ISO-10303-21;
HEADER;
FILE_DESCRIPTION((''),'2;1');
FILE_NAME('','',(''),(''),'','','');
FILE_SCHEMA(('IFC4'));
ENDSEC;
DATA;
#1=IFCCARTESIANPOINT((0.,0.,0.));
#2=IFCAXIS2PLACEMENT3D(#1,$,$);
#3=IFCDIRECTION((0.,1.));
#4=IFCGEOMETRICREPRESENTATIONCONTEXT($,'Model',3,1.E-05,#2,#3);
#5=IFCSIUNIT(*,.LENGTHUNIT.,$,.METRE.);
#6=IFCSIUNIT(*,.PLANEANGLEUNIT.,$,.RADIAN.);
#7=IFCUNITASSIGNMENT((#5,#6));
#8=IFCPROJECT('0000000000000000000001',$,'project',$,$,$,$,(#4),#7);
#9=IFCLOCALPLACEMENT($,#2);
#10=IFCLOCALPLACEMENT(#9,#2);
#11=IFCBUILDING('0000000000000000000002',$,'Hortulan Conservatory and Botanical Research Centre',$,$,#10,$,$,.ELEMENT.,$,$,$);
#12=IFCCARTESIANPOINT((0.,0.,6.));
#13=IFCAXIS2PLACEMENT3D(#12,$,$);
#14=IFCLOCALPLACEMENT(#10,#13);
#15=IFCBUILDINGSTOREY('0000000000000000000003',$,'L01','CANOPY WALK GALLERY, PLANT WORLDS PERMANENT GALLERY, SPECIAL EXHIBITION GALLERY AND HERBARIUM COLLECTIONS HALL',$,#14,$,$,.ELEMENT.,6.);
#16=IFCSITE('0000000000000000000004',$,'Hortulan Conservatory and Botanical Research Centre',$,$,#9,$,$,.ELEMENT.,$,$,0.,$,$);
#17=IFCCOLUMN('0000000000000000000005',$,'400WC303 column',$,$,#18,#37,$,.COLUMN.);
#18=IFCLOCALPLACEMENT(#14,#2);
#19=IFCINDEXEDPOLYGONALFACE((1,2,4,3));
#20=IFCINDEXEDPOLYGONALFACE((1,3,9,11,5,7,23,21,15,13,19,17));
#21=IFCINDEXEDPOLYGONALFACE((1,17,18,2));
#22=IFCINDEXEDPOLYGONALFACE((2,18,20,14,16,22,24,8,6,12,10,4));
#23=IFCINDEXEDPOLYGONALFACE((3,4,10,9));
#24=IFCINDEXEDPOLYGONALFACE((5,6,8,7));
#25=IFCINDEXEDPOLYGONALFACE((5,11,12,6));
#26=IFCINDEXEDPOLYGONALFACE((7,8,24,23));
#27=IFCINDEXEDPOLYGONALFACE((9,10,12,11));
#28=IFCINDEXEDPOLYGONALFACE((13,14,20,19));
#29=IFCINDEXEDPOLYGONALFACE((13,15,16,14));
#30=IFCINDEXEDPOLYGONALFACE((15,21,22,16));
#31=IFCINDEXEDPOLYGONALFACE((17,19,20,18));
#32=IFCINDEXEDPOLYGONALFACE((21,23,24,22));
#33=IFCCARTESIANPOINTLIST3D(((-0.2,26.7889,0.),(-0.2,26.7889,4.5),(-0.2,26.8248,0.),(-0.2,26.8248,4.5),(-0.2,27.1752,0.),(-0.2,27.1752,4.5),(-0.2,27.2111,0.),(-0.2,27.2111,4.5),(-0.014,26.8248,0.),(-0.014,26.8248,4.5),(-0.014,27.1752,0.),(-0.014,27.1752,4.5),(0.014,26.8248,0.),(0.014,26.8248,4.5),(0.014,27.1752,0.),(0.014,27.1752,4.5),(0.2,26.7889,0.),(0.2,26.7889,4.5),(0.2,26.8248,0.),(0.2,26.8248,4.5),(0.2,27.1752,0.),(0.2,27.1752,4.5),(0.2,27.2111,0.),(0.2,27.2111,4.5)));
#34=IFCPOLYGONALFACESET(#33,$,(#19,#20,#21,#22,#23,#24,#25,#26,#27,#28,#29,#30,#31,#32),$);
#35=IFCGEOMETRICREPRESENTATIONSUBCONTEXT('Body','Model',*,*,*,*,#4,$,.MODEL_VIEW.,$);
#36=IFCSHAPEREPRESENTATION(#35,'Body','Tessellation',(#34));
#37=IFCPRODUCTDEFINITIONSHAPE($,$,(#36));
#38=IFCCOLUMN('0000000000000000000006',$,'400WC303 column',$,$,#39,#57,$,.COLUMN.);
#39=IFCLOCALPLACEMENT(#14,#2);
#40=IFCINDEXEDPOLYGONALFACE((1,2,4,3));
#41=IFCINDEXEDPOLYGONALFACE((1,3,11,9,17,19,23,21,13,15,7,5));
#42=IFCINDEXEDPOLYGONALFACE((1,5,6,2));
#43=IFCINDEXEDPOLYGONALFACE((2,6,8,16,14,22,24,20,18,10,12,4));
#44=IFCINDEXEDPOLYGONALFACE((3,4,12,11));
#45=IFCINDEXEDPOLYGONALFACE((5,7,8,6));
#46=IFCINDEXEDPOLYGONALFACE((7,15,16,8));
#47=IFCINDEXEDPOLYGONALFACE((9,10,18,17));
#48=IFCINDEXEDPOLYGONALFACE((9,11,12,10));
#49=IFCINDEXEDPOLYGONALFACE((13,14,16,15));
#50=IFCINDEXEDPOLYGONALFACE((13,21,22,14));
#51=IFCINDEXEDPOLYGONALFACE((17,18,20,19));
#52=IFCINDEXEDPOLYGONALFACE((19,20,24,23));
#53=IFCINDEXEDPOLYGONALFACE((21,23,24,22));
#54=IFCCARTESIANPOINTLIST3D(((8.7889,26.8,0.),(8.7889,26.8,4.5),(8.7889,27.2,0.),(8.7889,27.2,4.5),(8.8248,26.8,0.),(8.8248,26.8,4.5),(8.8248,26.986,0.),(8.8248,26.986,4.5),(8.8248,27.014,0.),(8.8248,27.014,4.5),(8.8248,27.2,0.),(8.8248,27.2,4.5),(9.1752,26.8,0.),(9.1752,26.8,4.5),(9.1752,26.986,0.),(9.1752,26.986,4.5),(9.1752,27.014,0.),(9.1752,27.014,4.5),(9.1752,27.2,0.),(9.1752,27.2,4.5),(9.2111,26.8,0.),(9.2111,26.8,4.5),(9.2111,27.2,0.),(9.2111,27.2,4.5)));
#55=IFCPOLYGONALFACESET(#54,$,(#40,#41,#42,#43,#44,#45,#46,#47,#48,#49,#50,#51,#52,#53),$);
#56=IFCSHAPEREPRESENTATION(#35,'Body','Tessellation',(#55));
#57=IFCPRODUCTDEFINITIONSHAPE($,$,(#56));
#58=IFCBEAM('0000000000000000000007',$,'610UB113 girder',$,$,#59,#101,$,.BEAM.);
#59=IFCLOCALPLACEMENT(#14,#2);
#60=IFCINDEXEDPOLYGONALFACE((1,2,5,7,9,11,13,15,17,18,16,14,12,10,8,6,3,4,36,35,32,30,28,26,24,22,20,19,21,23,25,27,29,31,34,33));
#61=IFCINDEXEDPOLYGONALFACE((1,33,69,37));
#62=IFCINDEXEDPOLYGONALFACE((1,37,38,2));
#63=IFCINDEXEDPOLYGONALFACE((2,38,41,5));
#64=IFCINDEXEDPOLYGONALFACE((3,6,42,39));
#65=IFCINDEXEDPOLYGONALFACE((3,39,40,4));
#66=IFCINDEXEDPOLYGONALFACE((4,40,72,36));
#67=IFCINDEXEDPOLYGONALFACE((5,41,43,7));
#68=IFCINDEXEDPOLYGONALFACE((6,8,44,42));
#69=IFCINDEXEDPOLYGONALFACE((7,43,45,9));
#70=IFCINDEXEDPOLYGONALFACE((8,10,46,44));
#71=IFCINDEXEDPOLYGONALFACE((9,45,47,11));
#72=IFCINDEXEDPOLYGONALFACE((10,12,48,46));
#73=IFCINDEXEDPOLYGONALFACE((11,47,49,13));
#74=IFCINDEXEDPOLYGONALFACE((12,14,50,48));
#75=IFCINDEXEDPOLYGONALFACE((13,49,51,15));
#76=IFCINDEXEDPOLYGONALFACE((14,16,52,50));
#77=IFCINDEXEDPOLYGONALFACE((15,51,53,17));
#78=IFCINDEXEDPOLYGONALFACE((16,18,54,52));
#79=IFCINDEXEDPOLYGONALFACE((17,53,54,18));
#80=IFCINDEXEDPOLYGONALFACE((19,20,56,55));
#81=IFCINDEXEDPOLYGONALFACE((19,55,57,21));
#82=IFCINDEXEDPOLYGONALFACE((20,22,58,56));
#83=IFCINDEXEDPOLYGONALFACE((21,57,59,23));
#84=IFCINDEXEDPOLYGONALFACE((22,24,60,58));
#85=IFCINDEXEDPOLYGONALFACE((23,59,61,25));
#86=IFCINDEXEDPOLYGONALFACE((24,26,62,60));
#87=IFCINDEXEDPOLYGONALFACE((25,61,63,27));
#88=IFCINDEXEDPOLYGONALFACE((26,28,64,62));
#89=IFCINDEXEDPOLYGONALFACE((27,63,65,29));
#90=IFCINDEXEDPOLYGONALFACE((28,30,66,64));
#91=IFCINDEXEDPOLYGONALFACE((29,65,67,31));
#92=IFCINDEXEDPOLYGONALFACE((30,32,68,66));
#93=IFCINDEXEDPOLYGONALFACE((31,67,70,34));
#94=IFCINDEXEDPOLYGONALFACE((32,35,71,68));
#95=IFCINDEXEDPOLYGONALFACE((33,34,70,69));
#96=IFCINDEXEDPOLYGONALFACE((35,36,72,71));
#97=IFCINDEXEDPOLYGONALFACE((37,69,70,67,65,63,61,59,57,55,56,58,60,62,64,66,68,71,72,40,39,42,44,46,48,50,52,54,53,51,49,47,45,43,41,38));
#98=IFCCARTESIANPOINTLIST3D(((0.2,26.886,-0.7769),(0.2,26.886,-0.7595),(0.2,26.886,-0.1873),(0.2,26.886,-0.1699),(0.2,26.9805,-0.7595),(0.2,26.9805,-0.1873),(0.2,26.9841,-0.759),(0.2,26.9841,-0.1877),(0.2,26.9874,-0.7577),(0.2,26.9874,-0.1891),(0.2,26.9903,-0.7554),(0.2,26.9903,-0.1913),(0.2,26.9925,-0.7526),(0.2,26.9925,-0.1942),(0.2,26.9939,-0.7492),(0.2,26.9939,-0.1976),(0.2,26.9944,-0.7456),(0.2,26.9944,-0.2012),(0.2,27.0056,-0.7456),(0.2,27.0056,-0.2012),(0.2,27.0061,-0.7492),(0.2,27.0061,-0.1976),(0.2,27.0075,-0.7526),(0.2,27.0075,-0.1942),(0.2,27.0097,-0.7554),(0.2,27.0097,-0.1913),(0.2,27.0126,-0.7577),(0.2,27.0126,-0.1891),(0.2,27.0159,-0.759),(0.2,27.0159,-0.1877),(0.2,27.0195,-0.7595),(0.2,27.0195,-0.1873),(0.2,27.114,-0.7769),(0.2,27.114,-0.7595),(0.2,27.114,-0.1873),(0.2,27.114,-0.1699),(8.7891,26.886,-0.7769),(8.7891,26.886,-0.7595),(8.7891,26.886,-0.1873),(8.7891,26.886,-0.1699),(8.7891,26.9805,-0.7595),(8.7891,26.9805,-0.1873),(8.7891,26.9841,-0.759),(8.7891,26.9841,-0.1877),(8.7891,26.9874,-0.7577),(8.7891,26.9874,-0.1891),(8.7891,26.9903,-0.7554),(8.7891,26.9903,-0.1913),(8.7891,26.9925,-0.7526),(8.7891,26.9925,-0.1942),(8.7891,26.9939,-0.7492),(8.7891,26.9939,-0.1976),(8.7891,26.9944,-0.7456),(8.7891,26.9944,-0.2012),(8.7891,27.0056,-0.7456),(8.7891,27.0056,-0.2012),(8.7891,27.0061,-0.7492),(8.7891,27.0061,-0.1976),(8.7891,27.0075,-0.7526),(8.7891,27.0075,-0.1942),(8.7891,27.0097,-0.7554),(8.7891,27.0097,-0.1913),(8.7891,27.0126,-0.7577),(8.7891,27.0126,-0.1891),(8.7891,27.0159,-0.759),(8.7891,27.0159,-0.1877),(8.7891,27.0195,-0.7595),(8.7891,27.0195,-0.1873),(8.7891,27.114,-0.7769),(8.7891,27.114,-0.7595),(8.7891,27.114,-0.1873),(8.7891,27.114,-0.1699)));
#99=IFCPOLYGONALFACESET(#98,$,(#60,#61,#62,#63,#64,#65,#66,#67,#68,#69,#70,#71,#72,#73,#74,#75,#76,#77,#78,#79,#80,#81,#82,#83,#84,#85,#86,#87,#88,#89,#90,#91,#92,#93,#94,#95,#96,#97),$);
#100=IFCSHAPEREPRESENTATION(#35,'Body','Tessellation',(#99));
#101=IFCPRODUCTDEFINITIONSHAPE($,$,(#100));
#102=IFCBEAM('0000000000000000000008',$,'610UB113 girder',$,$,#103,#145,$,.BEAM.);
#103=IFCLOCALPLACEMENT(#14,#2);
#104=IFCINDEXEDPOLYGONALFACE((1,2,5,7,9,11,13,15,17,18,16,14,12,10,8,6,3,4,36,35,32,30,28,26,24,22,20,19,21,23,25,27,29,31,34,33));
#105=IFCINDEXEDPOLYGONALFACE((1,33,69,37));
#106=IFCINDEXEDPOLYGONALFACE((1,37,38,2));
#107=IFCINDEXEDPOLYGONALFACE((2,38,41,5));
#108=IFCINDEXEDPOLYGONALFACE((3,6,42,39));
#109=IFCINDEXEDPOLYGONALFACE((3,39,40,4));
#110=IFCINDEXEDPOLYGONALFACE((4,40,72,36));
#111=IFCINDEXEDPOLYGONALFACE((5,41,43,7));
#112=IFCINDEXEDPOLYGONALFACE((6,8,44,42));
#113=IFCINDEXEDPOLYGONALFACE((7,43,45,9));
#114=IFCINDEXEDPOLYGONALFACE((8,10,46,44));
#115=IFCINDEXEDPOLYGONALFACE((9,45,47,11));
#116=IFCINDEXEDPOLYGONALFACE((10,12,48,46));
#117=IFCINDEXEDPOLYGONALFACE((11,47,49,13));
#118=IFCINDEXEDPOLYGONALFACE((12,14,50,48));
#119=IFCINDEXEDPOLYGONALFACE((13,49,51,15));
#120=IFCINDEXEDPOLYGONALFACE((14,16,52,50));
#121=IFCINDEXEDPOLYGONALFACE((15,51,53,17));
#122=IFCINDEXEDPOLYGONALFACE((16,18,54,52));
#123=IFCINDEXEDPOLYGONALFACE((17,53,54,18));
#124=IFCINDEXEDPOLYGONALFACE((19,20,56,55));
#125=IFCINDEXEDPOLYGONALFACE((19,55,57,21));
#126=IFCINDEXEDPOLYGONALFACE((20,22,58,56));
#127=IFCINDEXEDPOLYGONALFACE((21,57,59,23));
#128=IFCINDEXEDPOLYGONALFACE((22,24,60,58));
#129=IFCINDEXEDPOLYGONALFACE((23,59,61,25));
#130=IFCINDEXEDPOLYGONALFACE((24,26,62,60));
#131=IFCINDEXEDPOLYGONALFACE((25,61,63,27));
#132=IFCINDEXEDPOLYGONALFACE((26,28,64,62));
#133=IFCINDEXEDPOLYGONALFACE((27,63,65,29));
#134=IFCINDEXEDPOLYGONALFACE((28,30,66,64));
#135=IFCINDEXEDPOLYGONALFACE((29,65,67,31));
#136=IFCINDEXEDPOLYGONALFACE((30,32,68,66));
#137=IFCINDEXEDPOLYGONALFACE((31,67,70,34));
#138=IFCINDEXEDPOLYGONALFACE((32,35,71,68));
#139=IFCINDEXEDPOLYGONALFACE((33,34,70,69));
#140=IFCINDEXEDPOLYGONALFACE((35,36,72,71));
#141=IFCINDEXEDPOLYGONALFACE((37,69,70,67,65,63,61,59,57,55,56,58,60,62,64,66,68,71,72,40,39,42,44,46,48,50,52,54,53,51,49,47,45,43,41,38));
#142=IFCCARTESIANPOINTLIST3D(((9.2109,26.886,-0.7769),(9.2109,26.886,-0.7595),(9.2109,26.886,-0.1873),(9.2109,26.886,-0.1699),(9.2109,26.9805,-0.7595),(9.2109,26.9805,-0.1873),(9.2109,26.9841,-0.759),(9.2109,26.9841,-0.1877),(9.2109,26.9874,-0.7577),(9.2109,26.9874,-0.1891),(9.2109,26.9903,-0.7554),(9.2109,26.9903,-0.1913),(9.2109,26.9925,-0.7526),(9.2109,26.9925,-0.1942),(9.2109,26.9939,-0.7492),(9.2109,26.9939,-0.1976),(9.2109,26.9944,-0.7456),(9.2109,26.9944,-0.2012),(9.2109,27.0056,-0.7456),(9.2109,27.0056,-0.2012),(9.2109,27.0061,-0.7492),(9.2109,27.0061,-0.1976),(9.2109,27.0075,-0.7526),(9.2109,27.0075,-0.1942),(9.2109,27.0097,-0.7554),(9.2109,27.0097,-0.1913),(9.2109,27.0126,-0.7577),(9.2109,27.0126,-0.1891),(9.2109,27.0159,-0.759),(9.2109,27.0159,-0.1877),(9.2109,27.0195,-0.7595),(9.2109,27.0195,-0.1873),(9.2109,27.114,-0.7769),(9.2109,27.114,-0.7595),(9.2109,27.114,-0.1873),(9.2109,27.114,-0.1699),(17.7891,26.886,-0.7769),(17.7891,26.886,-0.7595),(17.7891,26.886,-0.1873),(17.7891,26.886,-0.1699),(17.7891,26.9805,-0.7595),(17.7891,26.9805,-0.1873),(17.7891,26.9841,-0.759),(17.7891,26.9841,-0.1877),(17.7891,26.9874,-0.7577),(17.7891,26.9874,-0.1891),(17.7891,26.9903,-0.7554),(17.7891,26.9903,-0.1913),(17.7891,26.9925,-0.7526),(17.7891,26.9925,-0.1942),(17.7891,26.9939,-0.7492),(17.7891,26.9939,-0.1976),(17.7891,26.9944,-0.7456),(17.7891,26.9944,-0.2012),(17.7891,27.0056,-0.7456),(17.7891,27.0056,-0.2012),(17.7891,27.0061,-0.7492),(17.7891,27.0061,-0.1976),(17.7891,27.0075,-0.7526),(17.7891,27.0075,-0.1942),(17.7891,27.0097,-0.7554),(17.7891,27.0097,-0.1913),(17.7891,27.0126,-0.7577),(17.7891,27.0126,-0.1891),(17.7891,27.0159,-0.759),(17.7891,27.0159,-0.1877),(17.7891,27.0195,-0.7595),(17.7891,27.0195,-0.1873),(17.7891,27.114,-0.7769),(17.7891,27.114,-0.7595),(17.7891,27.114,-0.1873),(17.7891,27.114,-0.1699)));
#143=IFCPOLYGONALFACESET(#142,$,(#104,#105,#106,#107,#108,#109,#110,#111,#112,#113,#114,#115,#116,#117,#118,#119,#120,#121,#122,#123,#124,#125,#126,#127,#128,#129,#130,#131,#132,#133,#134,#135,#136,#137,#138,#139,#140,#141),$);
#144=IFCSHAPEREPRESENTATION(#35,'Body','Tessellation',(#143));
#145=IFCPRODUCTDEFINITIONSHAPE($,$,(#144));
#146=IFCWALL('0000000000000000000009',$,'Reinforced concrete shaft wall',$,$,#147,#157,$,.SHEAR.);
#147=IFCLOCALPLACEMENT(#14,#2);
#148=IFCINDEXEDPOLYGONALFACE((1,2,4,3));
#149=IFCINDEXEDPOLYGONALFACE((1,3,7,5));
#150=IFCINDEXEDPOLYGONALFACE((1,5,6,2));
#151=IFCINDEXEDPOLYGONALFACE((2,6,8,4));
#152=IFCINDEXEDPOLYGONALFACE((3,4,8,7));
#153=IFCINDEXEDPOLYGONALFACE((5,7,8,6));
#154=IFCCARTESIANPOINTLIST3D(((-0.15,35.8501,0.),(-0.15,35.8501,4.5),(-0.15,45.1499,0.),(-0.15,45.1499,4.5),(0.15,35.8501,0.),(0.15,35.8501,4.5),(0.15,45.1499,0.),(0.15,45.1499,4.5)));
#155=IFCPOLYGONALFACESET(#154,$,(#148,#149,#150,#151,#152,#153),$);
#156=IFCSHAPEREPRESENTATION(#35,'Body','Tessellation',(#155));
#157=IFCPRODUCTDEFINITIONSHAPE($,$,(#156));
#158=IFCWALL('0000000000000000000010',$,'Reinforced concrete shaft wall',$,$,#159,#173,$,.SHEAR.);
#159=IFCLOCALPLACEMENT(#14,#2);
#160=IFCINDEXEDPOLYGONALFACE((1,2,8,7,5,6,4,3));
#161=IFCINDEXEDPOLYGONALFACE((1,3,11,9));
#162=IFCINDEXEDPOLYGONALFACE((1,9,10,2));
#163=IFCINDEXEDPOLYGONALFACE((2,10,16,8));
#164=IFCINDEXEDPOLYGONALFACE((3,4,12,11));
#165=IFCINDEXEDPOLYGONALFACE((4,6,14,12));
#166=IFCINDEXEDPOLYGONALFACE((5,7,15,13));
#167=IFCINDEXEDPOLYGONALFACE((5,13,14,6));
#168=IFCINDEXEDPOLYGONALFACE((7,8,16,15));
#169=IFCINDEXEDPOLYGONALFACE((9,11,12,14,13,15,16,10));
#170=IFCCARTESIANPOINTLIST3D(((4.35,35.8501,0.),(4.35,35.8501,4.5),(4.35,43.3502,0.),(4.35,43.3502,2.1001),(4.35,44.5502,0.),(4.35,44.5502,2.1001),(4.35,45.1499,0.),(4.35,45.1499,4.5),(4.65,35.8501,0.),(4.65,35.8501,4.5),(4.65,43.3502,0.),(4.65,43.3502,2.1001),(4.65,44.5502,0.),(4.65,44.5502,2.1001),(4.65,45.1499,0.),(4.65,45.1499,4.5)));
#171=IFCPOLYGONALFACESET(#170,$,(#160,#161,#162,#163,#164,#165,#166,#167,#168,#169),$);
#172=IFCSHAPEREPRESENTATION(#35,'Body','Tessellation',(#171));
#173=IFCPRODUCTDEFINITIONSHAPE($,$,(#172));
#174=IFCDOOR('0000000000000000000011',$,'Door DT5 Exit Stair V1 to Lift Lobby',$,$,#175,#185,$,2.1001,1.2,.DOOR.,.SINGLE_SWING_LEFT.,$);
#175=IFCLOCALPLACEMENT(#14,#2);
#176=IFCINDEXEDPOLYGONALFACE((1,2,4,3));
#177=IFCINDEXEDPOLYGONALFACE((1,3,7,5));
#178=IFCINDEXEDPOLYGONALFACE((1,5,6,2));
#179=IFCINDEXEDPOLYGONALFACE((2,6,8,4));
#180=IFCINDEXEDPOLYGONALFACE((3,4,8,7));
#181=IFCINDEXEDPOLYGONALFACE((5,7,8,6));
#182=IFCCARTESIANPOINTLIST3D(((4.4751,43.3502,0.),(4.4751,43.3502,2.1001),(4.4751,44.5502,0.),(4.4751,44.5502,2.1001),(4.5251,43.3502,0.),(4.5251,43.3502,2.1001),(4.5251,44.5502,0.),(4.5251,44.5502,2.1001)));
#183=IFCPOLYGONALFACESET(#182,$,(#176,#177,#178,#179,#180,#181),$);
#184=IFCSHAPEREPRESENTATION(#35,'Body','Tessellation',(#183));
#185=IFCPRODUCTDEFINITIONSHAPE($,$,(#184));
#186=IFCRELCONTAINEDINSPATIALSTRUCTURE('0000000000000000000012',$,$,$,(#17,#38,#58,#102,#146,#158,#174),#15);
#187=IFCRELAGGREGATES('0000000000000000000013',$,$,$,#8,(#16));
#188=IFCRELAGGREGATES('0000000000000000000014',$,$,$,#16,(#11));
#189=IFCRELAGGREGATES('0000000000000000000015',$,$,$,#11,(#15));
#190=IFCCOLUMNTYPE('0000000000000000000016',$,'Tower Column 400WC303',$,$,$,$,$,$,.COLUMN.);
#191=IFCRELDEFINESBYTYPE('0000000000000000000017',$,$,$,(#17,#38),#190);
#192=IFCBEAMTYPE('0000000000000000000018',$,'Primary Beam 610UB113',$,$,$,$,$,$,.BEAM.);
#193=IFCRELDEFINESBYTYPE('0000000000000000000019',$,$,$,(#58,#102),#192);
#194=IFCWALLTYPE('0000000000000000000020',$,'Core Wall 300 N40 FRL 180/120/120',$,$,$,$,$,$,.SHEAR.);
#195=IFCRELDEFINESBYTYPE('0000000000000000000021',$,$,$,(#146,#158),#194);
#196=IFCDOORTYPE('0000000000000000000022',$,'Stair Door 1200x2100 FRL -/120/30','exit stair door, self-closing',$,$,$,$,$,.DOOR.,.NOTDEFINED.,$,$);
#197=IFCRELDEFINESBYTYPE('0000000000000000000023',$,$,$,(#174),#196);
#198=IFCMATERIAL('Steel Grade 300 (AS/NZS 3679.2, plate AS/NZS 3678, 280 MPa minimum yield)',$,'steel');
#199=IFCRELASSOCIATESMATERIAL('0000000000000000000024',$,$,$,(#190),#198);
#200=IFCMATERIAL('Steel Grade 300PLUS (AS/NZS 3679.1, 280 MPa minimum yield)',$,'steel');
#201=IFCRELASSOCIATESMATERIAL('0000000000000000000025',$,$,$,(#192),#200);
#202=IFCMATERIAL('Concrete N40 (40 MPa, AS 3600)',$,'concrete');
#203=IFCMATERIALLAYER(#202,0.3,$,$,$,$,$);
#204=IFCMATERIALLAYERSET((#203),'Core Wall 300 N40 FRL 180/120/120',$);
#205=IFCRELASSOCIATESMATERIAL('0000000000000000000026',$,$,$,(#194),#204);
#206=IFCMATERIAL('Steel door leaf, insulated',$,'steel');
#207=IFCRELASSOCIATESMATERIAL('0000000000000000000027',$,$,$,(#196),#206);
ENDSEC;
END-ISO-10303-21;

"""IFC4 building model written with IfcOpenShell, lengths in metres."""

from ifc_helpers import new_model, si_unit, direction, frame, frame_2d, origin, origin_2d, place, context, subcontext, project, spatial, rectangle, i_section, extrude, material, layer, layer_set, material_profile, profile_set, type_object, element, fill, save


model = new_model("IFC4")

# Units and contexts
model_context = context("Model", 3, precision=1e-05, world=origin(), true_north=direction((0.0, 1.0)))
body_context = subcontext(model_context, "Body", "Model", "MODEL_VIEW")
ifc_project = project(units=[si_unit("LENGTHUNIT", "METRE"), si_unit("PLANEANGLEUNIT", "RADIAN")], contexts=[model_context])

# Site, building, storey
site_placement = place(None, origin())
site = spatial("IfcSite", under=ifc_project, at=site_placement, Name="Hortulan Conservatory and Botanical Research Centre", CompositionType="ELEMENT", RefElevation=0.0)
building_placement = place(site_placement, origin())
building = spatial("IfcBuilding", under=site, at=building_placement, Name="Hortulan Conservatory and Botanical Research Centre", CompositionType="ELEMENT")
storey_placement = place(building_placement, frame((0.0, 0.0, 6.0)))
storey = spatial("IfcBuildingStorey", under=building, at=storey_placement, Name="L01", Description="CANOPY WALK GALLERY, PLANT WORLDS PERMANENT GALLERY, SPECIAL EXHIBITION GALLERY AND HERBARIUM COLLECTIONS HALL", CompositionType="ELEMENT", Elevation=6.0)

# Columns
ifc_material_1 = material(Name="Steel Grade 300 (AS/NZS 3679.2, plate AS/NZS 3678, 280 MPa minimum yield)", Category="steel")
ifc_material_profile_1 = material_profile(ifc_material_1, i_section(OverallWidth=0.3999, OverallDepth=0.4221, WebThickness=0.0281, FlangeThickness=0.0359, at=origin_2d()), Name="400WC303")
ifc_profile_set_1 = profile_set([ifc_material_profile_1], Name="Steel Grade 300 (AS/NZS 3679.2, plate AS/NZS 3678, 280 MPa minimum yield)")
column_type = type_object("IfcColumnType", Name="Tower Column 400WC303", PredefinedType="COLUMN", material=ifc_profile_set_1)
for number, where, z_axis, x_axis, name in (
    (1, (0.0, 27.0, 0.0), (0.0, 0.0, 1.0), (1.0, 0.0, 0.0), "400WC303 column"),
    (2, (9.0, 27.0, 0.0), (0.0, 0.0, 1.0), (0.0, 1.0, 0.0), "400WC303 column"),
):
    element("IfcColumn", number, at=place(storey_placement, frame(where, z_axis=z_axis, x_axis=x_axis)), inside=storey, type_object=column_type, Name=name, PredefinedType="COLUMN", context=body_context, shape_type="SweptSolid", body=[
        extrude(i_section(OverallWidth=0.3999, OverallDepth=0.4221, WebThickness=0.0281, FlangeThickness=0.0359, at=origin_2d()), origin(), (0.0, 0.0, 1.0), 4.5),
    ])

# Beams
ifc_material_2 = material(Name="Steel Grade 300PLUS (AS/NZS 3679.1, 280 MPa minimum yield)", Category="steel")
ifc_material_profile_2 = material_profile(ifc_material_2, i_section(OverallWidth=0.228, OverallDepth=0.6069, WebThickness=0.0112, FlangeThickness=0.0173, FilletRadius=0.0139, at=origin_2d()), Name="610UB113")
ifc_profile_set_2 = profile_set([ifc_material_profile_2], Name="Steel Grade 300PLUS (AS/NZS 3679.1, 280 MPa minimum yield)")
beam_type = type_object("IfcBeamType", Name="Primary Beam 610UB113", PredefinedType="BEAM", material=ifc_profile_set_2)
beam_1_placement = place(storey_placement, frame((0.2, 27.0, -0.4734), z_axis=(1.0, 0.0, 0.0), x_axis=(0.0, 1.0, 0.0)))
element("IfcBeam", 3, at=beam_1_placement, inside=storey, type_object=beam_type, Name="610UB113 girder", PredefinedType="BEAM", context=body_context, shape_type="SweptSolid", body=[
    extrude(i_section(OverallWidth=0.228, OverallDepth=0.6069, WebThickness=0.0112, FlangeThickness=0.0173, FilletRadius=0.0139, at=origin_2d()), origin(), (0.0, 0.0, 1.0), 8.5891),
])
beam_2_placement = place(storey_placement, frame((9.2109, 27.0, -0.4734), z_axis=(1.0, 0.0, 0.0), x_axis=(0.0, 1.0, 0.0)))
element("IfcBeam", 4, at=beam_2_placement, inside=storey, type_object=beam_type, Name="610UB113 girder", PredefinedType="BEAM", context=body_context, shape_type="SweptSolid", body=[
    extrude(i_section(OverallWidth=0.228, OverallDepth=0.6069, WebThickness=0.0112, FlangeThickness=0.0173, FilletRadius=0.0139, at=origin_2d()), origin(), (0.0, 0.0, 1.0), 8.5781),
])

# Wall
ifc_material_3 = material(Name="Concrete N40 (40 MPa, AS 3600)", Category="concrete")
ifc_layer_1 = layer(ifc_material_3, 0.3)
ifc_layer_set_1 = layer_set([ifc_layer_1], Name="Core Wall 300 N40 FRL 180/120/120")
wall_type_1 = type_object("IfcWallType", Name="Core Wall 300 N40 FRL 180/120/120", PredefinedType="SHEAR", material=ifc_layer_set_1)
wall_1_placement = place(storey_placement, frame((0.0, 35.8501, 0.0), z_axis=(0.0, 0.0, 1.0), x_axis=(0.0, 1.0, 0.0)))
element("IfcWall", 5, at=wall_1_placement, inside=storey, type_object=wall_type_1, Name="Reinforced concrete shaft wall", PredefinedType="SHEAR", context=body_context, shape_type="SweptSolid", body=[
    extrude(rectangle(XDim=9.2998, YDim=0.3, at=frame_2d((4.6499, 0.0))), origin(), (0.0, 0.0, 1.0), 4.5),
])

# Wall, opening, door
wall_2_placement = place(storey_placement, frame((4.5, 35.8501, 0.0), z_axis=(0.0, 0.0, 1.0), x_axis=(0.0, 1.0, 0.0)))
wall_2 = element("IfcWall", 6, at=wall_2_placement, inside=storey, type_object=wall_type_1, Name="Reinforced concrete shaft wall", PredefinedType="SHEAR", context=body_context, shape_type="SweptSolid", body=[
    extrude(rectangle(XDim=9.2998, YDim=0.3, at=frame_2d((4.6499, 0.0))), origin(), (0.0, 0.0, 1.0), 4.5),
])
opening_1_placement = place(wall_2_placement, frame((7.5, 0.0, 0.0)))
opening_1 = element("IfcOpeningElement", 7, at=opening_1_placement, cuts=wall_2, PredefinedType="OPENING", context=body_context, shape_type="SweptSolid", body=[
    extrude(rectangle(XDim=1.2, YDim=2.1001, at=frame_2d((0.6001, 1.05))), frame((0.0, 0.1599, 0.0), z_axis=(0.0, -1.0, 0.0), x_axis=(1.0, 0.0, 0.0)), (0.0, 0.0, 1.0), 0.3201),
])
ifc_material_4 = material(Name="Steel door leaf, insulated", Category="steel")
door_type = type_object("IfcDoorType", Name="Stair Door 1200x2100 FRL -/120/30", Description="exit stair door, self-closing", OperationType="NOTDEFINED", PredefinedType="DOOR", material=ifc_material_4)
door_placement = place(opening_1_placement, origin())
door = element("IfcDoor", 8, at=door_placement, inside=storey, type_object=door_type, Name="Door DT5 Exit Stair V1 to Lift Lobby", OperationType="SINGLE_SWING_LEFT", OverallHeight=2.1001, OverallWidth=1.2, PredefinedType="DOOR", context=body_context, shape_type="SweptSolid", body=[
    extrude(rectangle(XDim=1.2, YDim=2.1001, at=frame_2d((0.6001, 1.05))), frame((0.0, 0.0249, 0.0), z_axis=(0.0, -1.0, 0.0), x_axis=(1.0, 0.0, 0.0)), (0.0, 0.0, 1.0), 0.05),
])
fill(opening_1, door)

save(model, "model.ifc")
